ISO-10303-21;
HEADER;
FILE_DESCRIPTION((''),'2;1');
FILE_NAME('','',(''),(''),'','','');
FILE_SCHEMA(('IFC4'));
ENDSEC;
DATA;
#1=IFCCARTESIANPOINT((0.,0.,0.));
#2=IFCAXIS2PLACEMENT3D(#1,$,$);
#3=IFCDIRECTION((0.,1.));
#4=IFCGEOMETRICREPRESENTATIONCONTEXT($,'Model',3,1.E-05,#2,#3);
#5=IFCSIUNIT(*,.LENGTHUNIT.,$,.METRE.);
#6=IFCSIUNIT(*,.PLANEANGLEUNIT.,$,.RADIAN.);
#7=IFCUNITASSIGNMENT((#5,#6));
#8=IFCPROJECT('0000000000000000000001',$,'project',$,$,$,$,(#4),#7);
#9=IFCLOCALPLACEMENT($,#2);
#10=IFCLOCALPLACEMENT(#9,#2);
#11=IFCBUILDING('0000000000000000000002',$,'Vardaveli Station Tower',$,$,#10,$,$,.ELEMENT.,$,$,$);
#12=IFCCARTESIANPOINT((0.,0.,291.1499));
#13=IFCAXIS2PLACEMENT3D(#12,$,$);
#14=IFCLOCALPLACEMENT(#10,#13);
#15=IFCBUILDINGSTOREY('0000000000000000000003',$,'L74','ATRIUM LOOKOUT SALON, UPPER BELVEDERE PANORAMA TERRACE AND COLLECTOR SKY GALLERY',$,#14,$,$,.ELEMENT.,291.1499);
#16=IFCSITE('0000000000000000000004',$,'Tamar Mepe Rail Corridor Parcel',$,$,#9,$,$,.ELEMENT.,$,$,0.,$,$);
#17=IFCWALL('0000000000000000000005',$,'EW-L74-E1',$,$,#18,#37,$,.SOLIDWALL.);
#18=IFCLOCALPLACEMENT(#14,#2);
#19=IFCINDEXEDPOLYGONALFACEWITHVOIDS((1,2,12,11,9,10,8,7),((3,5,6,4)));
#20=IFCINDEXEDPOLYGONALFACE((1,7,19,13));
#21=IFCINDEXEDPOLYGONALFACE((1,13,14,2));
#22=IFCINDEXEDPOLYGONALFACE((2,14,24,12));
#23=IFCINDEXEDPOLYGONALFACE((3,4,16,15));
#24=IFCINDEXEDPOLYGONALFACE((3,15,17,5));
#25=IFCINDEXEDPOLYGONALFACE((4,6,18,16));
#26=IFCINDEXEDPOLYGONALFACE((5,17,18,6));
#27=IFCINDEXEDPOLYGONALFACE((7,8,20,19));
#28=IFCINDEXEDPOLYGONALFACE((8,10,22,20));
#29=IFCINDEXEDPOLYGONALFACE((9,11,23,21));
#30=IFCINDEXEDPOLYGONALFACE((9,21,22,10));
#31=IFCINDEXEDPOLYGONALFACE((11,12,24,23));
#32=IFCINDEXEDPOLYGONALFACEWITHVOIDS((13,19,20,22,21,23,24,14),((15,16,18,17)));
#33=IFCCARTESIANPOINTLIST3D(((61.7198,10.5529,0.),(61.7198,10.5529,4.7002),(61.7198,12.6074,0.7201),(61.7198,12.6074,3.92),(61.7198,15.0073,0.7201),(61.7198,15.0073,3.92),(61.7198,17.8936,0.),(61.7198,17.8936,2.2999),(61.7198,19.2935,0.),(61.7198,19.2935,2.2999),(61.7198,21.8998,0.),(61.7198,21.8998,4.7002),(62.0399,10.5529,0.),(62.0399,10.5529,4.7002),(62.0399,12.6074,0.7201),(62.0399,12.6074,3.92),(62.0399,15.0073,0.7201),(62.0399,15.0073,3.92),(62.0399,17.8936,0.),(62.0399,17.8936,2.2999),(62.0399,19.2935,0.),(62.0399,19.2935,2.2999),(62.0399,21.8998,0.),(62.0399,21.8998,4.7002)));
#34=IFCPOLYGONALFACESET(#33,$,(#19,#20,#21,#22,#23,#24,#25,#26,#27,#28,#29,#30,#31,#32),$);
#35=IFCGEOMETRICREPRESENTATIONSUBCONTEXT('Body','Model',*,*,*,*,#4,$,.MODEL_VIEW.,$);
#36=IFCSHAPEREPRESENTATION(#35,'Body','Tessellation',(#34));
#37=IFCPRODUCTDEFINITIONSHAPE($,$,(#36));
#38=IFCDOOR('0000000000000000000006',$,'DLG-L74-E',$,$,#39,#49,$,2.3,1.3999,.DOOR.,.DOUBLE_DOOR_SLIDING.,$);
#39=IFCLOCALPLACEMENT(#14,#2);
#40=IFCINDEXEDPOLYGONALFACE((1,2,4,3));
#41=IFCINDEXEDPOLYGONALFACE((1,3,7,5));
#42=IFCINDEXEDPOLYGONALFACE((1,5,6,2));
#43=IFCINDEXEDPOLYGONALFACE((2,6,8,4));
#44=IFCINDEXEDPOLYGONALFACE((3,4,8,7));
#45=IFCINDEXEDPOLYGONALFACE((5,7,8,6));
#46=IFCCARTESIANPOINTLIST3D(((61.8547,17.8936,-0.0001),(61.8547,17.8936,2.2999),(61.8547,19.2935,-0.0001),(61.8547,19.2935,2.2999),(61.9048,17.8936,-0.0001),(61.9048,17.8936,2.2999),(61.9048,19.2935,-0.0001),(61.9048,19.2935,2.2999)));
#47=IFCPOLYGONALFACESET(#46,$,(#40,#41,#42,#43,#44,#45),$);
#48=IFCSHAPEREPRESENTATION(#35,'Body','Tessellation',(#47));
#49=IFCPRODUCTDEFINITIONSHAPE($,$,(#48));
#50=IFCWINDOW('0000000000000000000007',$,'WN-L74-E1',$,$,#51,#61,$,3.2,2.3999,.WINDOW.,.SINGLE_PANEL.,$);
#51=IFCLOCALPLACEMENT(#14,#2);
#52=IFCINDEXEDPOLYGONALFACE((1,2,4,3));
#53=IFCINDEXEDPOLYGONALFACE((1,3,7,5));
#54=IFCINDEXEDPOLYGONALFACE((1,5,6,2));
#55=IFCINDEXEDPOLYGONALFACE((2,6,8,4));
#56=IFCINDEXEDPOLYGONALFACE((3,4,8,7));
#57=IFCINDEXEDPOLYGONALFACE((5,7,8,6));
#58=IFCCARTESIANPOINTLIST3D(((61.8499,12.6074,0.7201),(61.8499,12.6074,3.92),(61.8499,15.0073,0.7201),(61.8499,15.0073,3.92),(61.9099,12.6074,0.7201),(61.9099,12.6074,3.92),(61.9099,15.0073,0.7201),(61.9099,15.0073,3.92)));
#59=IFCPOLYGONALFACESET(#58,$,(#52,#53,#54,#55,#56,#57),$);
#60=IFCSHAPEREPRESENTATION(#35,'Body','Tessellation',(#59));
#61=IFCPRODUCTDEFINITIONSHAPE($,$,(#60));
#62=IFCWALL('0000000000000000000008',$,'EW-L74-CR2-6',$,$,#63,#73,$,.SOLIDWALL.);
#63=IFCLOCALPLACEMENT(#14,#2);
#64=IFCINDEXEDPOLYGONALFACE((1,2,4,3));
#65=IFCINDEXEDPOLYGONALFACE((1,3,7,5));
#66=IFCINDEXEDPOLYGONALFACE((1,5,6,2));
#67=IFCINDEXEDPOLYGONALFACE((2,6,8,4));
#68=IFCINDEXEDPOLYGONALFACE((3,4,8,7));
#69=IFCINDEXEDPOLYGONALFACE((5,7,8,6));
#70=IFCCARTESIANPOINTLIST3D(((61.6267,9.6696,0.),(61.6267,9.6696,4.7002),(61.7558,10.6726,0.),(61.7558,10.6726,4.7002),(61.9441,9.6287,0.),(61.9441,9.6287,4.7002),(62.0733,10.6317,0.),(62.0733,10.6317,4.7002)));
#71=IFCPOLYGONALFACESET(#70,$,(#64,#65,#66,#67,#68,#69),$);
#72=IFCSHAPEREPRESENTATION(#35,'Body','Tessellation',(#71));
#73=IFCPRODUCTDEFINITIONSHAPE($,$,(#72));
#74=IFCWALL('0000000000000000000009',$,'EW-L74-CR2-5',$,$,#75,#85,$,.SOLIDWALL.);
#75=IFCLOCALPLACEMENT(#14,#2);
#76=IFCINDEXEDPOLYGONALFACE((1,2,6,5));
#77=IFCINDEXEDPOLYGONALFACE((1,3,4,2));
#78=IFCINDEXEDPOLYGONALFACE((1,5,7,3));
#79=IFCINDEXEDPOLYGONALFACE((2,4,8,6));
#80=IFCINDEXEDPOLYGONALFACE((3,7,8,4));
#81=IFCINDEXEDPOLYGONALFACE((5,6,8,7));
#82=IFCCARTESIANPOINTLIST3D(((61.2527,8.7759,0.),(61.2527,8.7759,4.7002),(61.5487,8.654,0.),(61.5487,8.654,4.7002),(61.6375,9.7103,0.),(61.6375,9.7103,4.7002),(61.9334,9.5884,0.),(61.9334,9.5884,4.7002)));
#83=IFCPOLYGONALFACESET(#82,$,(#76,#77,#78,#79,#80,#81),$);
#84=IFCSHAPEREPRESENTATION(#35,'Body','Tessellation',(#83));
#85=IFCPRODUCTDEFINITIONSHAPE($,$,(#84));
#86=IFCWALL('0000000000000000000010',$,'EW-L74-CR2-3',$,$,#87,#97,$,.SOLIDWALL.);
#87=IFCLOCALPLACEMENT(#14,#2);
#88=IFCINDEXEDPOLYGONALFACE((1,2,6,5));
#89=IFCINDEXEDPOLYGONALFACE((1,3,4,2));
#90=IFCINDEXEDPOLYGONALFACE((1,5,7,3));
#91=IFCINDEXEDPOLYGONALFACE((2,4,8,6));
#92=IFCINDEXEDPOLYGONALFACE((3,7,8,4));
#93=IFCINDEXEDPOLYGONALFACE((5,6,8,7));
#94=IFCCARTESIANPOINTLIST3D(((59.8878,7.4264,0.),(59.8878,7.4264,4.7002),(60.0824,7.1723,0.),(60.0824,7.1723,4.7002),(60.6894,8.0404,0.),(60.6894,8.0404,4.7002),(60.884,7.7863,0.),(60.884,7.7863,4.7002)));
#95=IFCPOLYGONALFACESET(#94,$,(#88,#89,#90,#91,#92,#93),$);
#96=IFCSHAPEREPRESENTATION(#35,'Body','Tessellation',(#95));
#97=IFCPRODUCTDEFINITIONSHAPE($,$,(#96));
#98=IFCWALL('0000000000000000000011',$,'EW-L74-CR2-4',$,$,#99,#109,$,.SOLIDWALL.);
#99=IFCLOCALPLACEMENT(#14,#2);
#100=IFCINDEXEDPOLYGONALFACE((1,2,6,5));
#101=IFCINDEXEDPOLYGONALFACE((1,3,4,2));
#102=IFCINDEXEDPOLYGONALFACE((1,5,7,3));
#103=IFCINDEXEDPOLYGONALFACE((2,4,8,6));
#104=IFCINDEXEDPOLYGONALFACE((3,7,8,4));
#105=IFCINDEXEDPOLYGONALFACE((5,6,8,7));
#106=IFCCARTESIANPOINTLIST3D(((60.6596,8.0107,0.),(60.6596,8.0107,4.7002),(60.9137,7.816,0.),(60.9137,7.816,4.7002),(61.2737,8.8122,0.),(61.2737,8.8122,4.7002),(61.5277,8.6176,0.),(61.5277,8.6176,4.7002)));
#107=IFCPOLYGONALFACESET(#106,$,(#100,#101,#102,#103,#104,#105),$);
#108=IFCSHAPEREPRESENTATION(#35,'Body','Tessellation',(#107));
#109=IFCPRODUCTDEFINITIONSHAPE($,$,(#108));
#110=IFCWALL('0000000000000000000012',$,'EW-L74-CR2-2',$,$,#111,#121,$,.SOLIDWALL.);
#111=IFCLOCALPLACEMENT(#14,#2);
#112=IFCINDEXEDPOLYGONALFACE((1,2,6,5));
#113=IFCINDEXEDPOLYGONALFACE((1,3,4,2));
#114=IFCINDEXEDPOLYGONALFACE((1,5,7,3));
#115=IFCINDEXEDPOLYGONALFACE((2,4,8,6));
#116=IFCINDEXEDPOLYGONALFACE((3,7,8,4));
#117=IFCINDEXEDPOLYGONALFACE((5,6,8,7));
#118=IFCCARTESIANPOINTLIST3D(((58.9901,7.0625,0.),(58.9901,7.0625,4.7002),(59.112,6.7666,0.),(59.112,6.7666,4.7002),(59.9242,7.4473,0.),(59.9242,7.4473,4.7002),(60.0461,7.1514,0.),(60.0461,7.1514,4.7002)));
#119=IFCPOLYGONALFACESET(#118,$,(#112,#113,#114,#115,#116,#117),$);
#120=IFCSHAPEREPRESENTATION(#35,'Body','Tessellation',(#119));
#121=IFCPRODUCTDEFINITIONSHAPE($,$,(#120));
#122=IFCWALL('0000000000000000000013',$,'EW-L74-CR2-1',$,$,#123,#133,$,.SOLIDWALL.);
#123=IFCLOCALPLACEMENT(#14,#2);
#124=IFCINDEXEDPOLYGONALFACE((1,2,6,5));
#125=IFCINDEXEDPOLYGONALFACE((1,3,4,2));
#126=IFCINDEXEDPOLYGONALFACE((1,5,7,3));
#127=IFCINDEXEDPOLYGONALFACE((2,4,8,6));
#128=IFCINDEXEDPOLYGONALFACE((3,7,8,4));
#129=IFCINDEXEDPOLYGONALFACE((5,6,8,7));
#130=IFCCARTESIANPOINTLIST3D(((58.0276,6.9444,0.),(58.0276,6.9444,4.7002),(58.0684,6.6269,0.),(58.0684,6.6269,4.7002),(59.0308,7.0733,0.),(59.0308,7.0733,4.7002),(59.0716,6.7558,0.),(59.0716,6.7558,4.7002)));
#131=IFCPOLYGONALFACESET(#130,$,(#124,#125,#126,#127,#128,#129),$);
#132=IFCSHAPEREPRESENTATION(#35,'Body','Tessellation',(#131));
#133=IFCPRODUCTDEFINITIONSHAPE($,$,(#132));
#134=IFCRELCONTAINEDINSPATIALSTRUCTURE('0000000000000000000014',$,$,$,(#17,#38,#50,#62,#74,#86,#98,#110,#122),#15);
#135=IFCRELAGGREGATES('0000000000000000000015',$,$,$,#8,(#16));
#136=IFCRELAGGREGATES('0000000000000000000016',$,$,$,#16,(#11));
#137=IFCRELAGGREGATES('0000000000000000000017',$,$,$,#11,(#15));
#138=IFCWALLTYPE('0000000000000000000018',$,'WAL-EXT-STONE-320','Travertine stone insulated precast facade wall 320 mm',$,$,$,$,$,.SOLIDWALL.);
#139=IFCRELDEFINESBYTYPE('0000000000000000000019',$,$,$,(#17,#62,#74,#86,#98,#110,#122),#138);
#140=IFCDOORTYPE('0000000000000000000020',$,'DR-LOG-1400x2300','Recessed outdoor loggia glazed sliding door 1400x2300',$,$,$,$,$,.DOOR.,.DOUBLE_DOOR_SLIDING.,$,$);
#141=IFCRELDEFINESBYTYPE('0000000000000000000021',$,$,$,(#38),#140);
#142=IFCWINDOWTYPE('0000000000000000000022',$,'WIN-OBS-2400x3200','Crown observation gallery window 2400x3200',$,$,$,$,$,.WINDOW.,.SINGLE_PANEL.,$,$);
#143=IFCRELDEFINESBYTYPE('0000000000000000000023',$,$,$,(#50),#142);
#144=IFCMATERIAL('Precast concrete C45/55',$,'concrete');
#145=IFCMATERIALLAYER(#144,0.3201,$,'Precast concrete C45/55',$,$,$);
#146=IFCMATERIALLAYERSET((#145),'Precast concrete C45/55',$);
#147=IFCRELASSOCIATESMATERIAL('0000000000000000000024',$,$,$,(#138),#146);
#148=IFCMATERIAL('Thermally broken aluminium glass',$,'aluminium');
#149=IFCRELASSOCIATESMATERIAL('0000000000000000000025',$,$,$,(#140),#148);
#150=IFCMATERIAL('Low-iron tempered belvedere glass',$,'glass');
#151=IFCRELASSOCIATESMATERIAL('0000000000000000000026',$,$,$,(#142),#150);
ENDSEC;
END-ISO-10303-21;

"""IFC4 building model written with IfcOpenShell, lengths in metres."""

from ifc_helpers import new_model, si_unit, direction, frame, frame_2d, origin, place, context, subcontext, project, spatial, rectangle, extrude, source, transform, mapped, material, layer, layer_set, type_object, element, fill, save


model = new_model("IFC4")

# Units and contexts
model_context = context("Model", 3, precision=1e-05, world=origin(), true_north=direction((0.0, 1.0)))
body_context = subcontext(model_context, "Body", "Model", "MODEL_VIEW")
ifc_project = project(units=[si_unit("LENGTHUNIT", "METRE"), si_unit("PLANEANGLEUNIT", "RADIAN")], contexts=[model_context])

# Site, building, storey
site_placement = place(None, origin())
site = spatial("IfcSite", under=ifc_project, at=site_placement, Name="Tamar Mepe Rail Corridor Parcel", CompositionType="ELEMENT", RefElevation=0.0)
building_placement = place(site_placement, origin())
building = spatial("IfcBuilding", under=site, at=building_placement, Name="Vardaveli Station Tower", CompositionType="ELEMENT")
storey_placement = place(building_placement, frame((0.0, 0.0, 291.1499)))
storey = spatial("IfcBuildingStorey", under=building, at=storey_placement, Name="L74", Description="ATRIUM LOOKOUT SALON, UPPER BELVEDERE PANORAMA TERRACE AND COLLECTOR SKY GALLERY", CompositionType="ELEMENT", Elevation=291.1499)

# Shared definitions
ifc_material_1 = material(Name="Precast concrete C45/55", Category="concrete")

# Wall, openings, door, window
ifc_layer = layer(ifc_material_1, 0.3201, Name="Precast concrete C45/55")
ifc_layer_set = layer_set([ifc_layer], Name="Precast concrete C45/55")
wall_type = type_object("IfcWallType", Name="WAL-EXT-STONE-320", Description="Travertine stone insulated precast facade wall 320 mm", PredefinedType="SOLIDWALL", material=ifc_layer_set)
shared_shape_1 = source(origin(), body_context, "Body", "SweptSolid", [
    extrude(rectangle(XDim=11.3469, YDim=0.3201, at=frame_2d((5.6733, 0.0))), origin(), (0.0, 0.0, 1.0), 4.7002),
])
wall_1_placement = place(storey_placement, frame((61.8799, 10.553, 0.0), z_axis=(0.0, 0.0, 1.0), x_axis=(0.0, 1.0, 0.0)))
wall_1 = element("IfcWall", 1, at=wall_1_placement, inside=storey, type_object=wall_type, Name="EW-L74-E1", PredefinedType="SOLIDWALL", context=body_context, shape_type="MappedRepresentation", body=[
    mapped(shared_shape_1, transform((0.0, 0.0, 0.0), scale=1.0)),
])
shared_shape_2 = source(origin(), body_context, "Body", "SweptSolid", [
    extrude(rectangle(XDim=1.3999, YDim=2.3, at=frame_2d((0.7, 1.1499))), frame((0.0, 0.1699, 0.0), z_axis=(0.0, -1.0, 0.0), x_axis=(1.0, 0.0, 0.0)), (0.0, 0.0, 1.0), 0.3401),
])
opening_1_placement = place(wall_1_placement, frame((7.3406, 0.0, 0.0)))
opening_1 = element("IfcOpeningElement", 2, at=opening_1_placement, cuts=wall_1, PredefinedType="OPENING", context=body_context, shape_type="MappedRepresentation", body=[
    mapped(shared_shape_2, transform((0.0, 0.0, 0.0), scale=1.0)),
])
shared_shape_3 = source(origin(), body_context, "Body", "SweptSolid", [
    extrude(rectangle(XDim=2.3999, YDim=3.2, at=frame_2d((1.2, 1.6001))), frame((0.0, 0.1699, 0.0), z_axis=(0.0, -1.0, 0.0), x_axis=(1.0, 0.0, 0.0)), (0.0, 0.0, 1.0), 0.3401),
])
opening_2_placement = place(wall_1_placement, frame((2.0544, 0.0, 0.72)))
opening_2 = element("IfcOpeningElement", 3, at=opening_2_placement, cuts=wall_1, PredefinedType="OPENING", context=body_context, shape_type="MappedRepresentation", body=[
    mapped(shared_shape_3, transform((0.0, 0.0, 0.0), scale=1.0)),
])
ifc_material_2 = material(Name="Thermally broken aluminium glass", Category="aluminium")
door_type = type_object("IfcDoorType", Name="DR-LOG-1400x2300", Description="Recessed outdoor loggia glazed sliding door 1400x2300", OperationType="DOUBLE_DOOR_SLIDING", PredefinedType="DOOR", material=ifc_material_2)
shared_shape_4 = source(origin(), body_context, "Body", "SweptSolid", [
    extrude(rectangle(XDim=1.3999, YDim=2.3, at=frame_2d((0.7, 1.1499))), frame((0.0, 0.0249, 0.0), z_axis=(0.0, -1.0, 0.0), x_axis=(1.0, 0.0, 0.0)), (0.0, 0.0, 1.0), 0.05),
])
door_placement = place(opening_1_placement, frame((1.3999, 0.0, 0.0), z_axis=(0.0, 0.0, 1.0), x_axis=(-1.0, 0.0, 0.0)))
door = element("IfcDoor", 4, at=door_placement, inside=storey, type_object=door_type, Name="DLG-L74-E", OperationType="DOUBLE_DOOR_SLIDING", OverallHeight=2.3, OverallWidth=1.3999, PredefinedType="DOOR", context=body_context, shape_type="MappedRepresentation", body=[
    mapped(shared_shape_4, transform((0.0, 0.0, 0.0), scale=1.0)),
])
fill(opening_1, door)
ifc_material_3 = material(Name="Low-iron tempered belvedere glass", Category="glass")
window_type = type_object("IfcWindowType", Name="WIN-OBS-2400x3200", Description="Crown observation gallery window 2400x3200", PartitioningType="SINGLE_PANEL", PredefinedType="WINDOW", material=ifc_material_3)
shared_shape_5 = source(origin(), body_context, "Body", "SweptSolid", [
    extrude(rectangle(XDim=2.3999, YDim=3.2, at=frame_2d((1.2, 1.6001))), frame((0.0, 0.03, 0.0), z_axis=(0.0, -1.0, 0.0), x_axis=(1.0, 0.0, 0.0)), (0.0, 0.0, 1.0), 0.0601),
])
window_placement = place(opening_2_placement, origin())
window = element("IfcWindow", 5, at=window_placement, inside=storey, type_object=window_type, Name="WN-L74-E1", OverallHeight=3.2, OverallWidth=2.3999, PartitioningType="SINGLE_PANEL", PredefinedType="WINDOW", context=body_context, shape_type="MappedRepresentation", body=[
    mapped(shared_shape_5, transform((0.0, 0.0, 0.0), scale=1.0)),
])
fill(opening_2, window)

# Walls
shared_shape_6 = source(origin(), body_context, "Body", "SweptSolid", [
    extrude(rectangle(XDim=1.0112, YDim=0.3201, at=frame_2d((0.5056, 0.0))), origin(), (0.0, 0.0, 1.0), 4.7002),
])
wall_2_placement = place(storey_placement, frame((61.7854, 9.6492, 0.0), z_axis=(0.0, 0.0, 1.0), x_axis=(0.127719, 0.99181, 0.0)))
element("IfcWall", 6, at=wall_2_placement, inside=storey, type_object=wall_type, Name="EW-L74-CR2-6", PredefinedType="SOLIDWALL", context=body_context, shape_type="MappedRepresentation", body=[
    mapped(shared_shape_6, transform((0.0, 0.0, 0.0), scale=1.0)),
])
shared_shape_7 = source(origin(), body_context, "Body", "SweptSolid", [
    extrude(rectangle(XDim=1.0105, YDim=0.3201, at=frame_2d((0.5054, 0.0))), origin(), (0.0, 0.0, 1.0), 4.7002),
])
wall_3_placement = place(storey_placement, frame((61.4006, 8.7148, 0.0), z_axis=(0.0, 0.0, 1.0), x_axis=(0.380786, 0.924663, 0.0)))
element("IfcWall", 7, at=wall_3_placement, inside=storey, type_object=wall_type, Name="EW-L74-CR2-5", PredefinedType="SOLIDWALL", context=body_context, shape_type="MappedRepresentation", body=[
    mapped(shared_shape_7, transform((0.0, 0.0, 0.0), scale=1.0)),
])
shared_shape_8 = source(origin(), body_context, "Body", "SweptSolid", [
    extrude(rectangle(XDim=1.0098, YDim=0.3201, at=frame_2d((0.5049, 0.0))), origin(), (0.0, 0.0, 1.0), 4.7002),
])
for number, where, z_axis, x_axis, name in (
    (8, (59.9851, 7.2993, 0.0), (0.0, 0.0, 1.0), (0.793836, 0.608132, 0.0), "EW-L74-CR2-3"),
    (9, (60.7866, 7.9133, 0.0), (0.0, 0.0, 1.0), (0.608132, 0.793836, 0.0), "EW-L74-CR2-4"),
):
    element("IfcWall", number, at=place(storey_placement, frame(where, z_axis=z_axis, x_axis=x_axis)), inside=storey, type_object=wall_type, Name=name, PredefinedType="SOLIDWALL", context=body_context, shape_type="MappedRepresentation", body=[
        mapped(shared_shape_8, transform((0.0, 0.0, 0.0), scale=1.0)),
    ])
shared_shape_9 = source(origin(), body_context, "Body", "SweptSolid", [
    extrude(rectangle(XDim=1.0103, YDim=0.3201, at=frame_2d((0.5051, 0.0))), origin(), (0.0, 0.0, 1.0), 4.7002),
])
wall_4_placement = place(storey_placement, frame((59.051, 6.9146, 0.0), z_axis=(0.0, 0.0, 1.0), x_axis=(0.924628, 0.380871, 0.0)))
element("IfcWall", 10, at=wall_4_placement, inside=storey, type_object=wall_type, Name="EW-L74-CR2-2", PredefinedType="SOLIDWALL", context=body_context, shape_type="MappedRepresentation", body=[
    mapped(shared_shape_9, transform((0.0, 0.0, 0.0), scale=1.0)),
])
shared_shape_10 = source(origin(), body_context, "Body", "SweptSolid", [
    extrude(rectangle(XDim=1.0115, YDim=0.3201, at=frame_2d((0.5059, 0.0))), origin(), (0.0, 0.0, 1.0), 4.7002),
])
wall_5_placement = place(storey_placement, frame((58.0479, 6.7856, 0.0), z_axis=(0.0, 0.0, 1.0), x_axis=(0.991845, 0.127451, 0.0)))
element("IfcWall", 11, at=wall_5_placement, inside=storey, type_object=wall_type, Name="EW-L74-CR2-1", PredefinedType="SOLIDWALL", context=body_context, shape_type="MappedRepresentation", body=[
    mapped(shared_shape_10, transform((0.0, 0.0, 0.0), scale=1.0)),
])

save(model, "model.ifc")
